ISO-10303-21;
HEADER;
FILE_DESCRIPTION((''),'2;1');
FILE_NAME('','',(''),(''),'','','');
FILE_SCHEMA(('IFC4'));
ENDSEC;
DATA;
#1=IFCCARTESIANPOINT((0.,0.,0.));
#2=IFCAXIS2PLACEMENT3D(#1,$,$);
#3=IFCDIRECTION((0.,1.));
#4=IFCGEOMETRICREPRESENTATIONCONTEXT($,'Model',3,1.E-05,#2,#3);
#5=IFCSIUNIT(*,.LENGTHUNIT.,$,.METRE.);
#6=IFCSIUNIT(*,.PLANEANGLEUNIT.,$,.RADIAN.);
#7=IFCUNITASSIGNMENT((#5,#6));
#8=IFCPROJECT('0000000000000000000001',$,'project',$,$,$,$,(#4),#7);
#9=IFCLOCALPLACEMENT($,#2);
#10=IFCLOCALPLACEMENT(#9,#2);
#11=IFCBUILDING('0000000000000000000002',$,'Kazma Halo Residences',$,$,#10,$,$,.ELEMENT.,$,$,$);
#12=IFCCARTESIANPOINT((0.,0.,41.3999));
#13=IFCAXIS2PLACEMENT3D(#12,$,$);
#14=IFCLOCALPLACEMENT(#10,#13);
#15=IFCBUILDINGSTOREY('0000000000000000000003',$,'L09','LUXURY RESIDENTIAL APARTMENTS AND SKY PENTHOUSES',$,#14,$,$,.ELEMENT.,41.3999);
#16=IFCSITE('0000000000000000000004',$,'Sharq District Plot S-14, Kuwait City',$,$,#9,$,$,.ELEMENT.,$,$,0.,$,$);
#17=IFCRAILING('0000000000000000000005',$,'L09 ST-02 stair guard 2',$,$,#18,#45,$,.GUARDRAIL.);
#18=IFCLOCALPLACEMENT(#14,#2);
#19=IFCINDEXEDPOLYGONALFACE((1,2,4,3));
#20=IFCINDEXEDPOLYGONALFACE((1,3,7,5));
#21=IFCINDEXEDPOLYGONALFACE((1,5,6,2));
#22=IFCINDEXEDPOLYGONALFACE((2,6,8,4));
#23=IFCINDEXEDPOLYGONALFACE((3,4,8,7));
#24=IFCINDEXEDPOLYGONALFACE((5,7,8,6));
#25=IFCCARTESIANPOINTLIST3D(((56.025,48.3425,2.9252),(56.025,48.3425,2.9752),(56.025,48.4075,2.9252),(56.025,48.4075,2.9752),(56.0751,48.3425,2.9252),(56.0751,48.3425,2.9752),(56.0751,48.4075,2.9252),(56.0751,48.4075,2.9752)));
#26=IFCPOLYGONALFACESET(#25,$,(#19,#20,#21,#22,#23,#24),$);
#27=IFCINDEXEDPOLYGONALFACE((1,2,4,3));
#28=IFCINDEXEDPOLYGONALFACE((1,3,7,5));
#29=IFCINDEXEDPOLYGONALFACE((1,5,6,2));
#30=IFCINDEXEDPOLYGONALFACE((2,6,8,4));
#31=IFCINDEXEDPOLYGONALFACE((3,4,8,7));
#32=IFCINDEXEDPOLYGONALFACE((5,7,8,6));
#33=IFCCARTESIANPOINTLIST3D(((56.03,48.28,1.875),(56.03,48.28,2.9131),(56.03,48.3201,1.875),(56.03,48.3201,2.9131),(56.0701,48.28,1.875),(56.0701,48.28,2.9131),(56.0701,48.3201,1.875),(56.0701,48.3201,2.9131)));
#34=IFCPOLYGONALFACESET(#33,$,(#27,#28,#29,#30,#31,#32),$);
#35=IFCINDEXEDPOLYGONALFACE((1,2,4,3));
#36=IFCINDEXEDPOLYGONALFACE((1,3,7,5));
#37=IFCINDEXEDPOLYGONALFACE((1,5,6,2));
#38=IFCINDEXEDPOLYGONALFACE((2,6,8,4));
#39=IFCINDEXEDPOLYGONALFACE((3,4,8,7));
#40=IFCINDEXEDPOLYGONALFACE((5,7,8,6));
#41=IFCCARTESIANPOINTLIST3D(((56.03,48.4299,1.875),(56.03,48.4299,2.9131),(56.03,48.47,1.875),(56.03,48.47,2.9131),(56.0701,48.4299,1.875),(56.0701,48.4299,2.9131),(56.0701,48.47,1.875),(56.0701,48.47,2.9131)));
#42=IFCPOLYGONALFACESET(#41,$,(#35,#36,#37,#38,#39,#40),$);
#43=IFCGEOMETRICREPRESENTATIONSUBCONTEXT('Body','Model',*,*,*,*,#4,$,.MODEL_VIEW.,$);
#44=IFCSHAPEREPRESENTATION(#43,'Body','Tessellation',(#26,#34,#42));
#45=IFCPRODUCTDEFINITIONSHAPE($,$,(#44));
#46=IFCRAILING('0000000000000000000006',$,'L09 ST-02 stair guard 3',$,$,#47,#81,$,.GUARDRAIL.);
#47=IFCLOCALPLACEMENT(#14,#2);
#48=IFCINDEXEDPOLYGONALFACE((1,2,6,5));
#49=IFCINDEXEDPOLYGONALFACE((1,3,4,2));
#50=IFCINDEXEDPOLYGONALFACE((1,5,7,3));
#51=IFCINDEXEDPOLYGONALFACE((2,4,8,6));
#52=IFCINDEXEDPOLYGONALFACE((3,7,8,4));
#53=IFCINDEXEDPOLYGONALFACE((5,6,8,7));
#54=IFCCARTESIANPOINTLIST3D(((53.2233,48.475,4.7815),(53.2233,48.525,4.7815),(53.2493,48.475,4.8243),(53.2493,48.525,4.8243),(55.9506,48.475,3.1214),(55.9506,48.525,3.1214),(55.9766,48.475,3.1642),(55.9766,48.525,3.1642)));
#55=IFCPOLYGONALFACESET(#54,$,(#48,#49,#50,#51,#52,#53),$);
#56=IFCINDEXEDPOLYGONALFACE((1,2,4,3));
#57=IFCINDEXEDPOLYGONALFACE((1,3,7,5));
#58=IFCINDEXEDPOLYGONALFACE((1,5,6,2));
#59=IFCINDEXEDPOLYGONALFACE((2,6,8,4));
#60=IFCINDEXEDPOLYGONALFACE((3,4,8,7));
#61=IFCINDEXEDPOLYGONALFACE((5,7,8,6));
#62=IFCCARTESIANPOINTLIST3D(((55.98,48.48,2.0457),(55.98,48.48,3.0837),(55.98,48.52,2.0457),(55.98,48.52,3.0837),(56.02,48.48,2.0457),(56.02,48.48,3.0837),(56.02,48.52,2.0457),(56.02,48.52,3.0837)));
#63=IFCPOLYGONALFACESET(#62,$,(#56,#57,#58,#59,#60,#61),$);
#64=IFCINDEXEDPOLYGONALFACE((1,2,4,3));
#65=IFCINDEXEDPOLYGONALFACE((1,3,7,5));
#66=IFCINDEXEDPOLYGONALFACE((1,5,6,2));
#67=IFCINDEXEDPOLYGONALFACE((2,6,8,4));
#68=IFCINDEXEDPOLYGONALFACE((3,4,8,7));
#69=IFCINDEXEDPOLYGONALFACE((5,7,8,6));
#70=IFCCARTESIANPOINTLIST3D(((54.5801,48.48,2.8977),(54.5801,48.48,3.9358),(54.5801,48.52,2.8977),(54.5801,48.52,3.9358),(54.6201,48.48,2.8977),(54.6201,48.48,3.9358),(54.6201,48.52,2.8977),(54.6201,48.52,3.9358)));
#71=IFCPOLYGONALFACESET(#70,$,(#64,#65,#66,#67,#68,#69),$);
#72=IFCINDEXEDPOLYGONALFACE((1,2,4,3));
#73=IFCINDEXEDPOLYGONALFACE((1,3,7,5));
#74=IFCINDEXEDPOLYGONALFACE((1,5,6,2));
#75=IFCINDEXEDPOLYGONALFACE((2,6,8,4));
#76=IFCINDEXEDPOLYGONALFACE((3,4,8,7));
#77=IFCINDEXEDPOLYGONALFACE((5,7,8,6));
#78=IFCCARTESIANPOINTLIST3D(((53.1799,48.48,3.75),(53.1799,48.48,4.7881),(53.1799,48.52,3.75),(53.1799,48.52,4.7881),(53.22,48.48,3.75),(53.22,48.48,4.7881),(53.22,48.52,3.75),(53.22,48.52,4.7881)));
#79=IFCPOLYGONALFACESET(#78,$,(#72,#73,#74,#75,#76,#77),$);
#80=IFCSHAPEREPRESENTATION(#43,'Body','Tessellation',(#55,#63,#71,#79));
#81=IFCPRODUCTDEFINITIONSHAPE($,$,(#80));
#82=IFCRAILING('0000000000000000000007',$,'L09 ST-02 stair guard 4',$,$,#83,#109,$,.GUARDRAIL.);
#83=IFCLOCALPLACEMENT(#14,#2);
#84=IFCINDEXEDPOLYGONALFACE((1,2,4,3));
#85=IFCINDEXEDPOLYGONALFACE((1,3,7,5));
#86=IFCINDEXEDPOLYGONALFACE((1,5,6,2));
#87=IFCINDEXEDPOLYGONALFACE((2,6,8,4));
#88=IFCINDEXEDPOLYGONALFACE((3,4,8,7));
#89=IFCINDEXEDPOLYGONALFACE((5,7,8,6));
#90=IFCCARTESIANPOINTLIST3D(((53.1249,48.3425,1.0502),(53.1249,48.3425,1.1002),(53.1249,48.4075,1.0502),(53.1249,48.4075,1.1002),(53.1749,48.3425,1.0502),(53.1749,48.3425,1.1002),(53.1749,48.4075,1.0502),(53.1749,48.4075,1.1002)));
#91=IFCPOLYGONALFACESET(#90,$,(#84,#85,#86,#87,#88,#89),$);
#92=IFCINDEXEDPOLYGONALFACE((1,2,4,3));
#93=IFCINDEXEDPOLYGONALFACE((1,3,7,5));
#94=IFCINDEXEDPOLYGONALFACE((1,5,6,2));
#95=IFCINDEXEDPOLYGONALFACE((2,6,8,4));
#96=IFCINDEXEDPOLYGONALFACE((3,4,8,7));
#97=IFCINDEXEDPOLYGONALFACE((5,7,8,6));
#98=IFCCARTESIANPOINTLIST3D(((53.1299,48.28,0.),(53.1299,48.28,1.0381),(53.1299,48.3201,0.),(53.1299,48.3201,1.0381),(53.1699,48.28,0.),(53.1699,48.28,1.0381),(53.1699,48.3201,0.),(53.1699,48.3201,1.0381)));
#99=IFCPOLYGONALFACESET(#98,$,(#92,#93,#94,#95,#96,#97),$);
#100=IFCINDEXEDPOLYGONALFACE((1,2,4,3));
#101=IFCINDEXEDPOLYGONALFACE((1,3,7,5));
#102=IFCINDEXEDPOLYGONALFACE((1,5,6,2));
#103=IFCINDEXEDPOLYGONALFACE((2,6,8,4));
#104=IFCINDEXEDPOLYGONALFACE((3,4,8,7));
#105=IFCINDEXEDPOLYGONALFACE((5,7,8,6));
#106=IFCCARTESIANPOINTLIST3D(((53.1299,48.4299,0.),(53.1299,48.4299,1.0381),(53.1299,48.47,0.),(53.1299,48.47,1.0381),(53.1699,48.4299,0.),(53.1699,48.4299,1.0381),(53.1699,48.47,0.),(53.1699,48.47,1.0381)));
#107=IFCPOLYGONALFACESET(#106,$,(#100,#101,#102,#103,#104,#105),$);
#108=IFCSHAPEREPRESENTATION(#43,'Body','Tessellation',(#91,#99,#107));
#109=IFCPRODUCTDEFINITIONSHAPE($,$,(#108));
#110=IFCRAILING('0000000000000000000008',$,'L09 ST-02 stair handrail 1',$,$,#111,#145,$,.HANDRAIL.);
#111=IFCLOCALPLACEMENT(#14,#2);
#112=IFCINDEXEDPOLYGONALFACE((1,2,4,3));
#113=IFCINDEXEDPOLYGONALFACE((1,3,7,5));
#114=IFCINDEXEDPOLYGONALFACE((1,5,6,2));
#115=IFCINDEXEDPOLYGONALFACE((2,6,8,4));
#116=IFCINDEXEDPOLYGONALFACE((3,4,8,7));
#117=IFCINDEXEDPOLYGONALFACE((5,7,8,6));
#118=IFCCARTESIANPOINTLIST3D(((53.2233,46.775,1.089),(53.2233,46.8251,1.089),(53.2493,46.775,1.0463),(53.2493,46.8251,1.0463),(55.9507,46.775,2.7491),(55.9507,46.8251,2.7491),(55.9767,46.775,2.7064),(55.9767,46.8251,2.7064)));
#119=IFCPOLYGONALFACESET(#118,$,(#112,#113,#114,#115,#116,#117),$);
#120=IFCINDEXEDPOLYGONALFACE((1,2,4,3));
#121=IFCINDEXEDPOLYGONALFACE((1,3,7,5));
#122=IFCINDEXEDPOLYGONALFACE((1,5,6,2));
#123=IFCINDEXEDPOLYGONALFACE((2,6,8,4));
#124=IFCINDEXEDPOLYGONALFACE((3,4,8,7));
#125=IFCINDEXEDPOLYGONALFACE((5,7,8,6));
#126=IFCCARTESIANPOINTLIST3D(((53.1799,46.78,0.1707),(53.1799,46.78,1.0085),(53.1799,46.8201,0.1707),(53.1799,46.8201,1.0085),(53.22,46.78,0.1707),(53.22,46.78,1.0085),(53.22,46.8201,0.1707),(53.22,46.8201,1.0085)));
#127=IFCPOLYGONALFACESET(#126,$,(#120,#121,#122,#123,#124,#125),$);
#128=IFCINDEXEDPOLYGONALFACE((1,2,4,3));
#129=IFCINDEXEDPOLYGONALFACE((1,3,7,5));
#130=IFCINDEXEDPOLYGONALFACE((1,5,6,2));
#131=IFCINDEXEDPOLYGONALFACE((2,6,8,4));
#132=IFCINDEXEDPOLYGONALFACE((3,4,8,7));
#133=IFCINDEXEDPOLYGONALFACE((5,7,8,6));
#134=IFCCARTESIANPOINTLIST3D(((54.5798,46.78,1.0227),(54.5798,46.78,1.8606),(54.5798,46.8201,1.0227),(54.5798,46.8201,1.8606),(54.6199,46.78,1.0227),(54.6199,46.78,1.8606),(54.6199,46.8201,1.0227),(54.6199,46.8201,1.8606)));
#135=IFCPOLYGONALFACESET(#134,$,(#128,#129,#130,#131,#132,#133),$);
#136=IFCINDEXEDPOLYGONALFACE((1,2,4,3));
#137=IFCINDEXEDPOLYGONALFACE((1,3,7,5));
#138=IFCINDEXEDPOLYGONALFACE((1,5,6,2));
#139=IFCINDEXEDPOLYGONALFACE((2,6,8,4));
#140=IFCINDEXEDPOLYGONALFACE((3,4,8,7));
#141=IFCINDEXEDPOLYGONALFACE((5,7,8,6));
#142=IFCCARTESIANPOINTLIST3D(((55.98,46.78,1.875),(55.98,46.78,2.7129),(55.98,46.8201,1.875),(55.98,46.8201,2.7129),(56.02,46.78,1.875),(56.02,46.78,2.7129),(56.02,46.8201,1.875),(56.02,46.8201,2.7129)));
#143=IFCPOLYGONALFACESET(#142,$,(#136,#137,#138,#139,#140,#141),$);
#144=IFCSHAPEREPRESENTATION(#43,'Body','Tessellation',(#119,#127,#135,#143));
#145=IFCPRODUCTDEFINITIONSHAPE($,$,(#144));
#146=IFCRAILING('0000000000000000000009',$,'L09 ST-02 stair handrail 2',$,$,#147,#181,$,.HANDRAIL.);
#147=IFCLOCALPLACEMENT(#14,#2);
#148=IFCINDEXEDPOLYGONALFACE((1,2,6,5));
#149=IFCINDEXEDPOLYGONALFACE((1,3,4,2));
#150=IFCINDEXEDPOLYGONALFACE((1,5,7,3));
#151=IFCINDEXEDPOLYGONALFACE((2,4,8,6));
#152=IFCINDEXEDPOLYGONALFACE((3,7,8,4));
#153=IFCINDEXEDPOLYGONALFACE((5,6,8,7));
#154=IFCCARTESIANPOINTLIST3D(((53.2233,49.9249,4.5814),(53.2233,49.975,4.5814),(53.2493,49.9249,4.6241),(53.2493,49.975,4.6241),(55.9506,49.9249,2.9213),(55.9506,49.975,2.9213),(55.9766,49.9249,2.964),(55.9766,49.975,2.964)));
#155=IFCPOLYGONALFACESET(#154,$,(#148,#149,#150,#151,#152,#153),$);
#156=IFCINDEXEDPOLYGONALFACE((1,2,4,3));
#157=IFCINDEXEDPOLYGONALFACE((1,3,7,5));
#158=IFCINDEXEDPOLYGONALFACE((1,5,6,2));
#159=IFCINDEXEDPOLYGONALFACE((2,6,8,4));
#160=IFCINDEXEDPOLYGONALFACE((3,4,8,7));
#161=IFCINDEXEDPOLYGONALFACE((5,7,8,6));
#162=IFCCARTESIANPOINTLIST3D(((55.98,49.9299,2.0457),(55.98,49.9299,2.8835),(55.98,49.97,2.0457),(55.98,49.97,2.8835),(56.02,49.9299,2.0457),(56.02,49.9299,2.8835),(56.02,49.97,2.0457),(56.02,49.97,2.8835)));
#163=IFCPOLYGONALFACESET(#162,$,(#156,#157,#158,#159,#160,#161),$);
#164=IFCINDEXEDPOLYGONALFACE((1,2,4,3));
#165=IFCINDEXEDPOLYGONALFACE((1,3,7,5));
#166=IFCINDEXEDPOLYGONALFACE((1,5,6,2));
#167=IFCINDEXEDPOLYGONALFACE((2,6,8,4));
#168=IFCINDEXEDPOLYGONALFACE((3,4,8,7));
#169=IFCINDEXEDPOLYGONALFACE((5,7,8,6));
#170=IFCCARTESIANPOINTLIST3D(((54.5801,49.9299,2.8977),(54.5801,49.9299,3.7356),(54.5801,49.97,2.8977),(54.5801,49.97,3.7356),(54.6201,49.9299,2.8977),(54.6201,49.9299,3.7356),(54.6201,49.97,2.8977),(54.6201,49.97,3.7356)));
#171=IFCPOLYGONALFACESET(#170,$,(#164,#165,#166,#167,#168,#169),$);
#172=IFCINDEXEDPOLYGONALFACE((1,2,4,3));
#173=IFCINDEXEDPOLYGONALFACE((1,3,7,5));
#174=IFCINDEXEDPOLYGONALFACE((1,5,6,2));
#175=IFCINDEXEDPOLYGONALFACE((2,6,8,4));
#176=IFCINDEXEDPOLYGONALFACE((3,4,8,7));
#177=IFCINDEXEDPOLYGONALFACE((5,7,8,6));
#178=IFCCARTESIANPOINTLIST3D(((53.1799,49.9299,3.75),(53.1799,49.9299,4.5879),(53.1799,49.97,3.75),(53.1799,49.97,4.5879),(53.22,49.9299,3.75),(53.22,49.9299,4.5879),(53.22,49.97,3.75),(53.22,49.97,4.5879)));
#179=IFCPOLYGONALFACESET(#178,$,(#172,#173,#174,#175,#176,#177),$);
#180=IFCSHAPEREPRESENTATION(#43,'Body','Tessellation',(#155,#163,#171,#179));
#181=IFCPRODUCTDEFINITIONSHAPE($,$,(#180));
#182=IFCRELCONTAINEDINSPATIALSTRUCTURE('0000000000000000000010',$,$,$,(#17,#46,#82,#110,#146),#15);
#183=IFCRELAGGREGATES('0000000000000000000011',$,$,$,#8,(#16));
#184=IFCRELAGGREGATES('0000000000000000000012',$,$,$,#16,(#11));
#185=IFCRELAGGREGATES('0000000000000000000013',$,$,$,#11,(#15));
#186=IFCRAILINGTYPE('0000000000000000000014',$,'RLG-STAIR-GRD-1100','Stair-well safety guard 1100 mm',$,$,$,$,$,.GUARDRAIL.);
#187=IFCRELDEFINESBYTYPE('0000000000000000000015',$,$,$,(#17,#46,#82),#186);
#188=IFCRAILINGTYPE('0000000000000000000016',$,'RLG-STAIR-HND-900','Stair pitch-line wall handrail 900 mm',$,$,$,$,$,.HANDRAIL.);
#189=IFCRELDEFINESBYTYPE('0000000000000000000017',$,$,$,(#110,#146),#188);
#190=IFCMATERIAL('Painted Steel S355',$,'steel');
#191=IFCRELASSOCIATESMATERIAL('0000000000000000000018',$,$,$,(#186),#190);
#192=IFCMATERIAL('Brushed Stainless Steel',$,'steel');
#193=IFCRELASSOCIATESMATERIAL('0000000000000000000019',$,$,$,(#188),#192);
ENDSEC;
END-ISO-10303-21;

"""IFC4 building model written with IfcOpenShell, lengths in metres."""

from ifc_helpers import new_model, si_unit, direction, frame, origin, origin_2d, place, context, subcontext, project, spatial, rectangle, extrude, material, type_object, element, save


model = new_model("IFC4")

# Units and contexts
model_context = context("Model", 3, precision=1e-05, world=origin(), true_north=direction((0.0, 1.0)))
body_context = subcontext(model_context, "Body", "Model", "MODEL_VIEW")
ifc_project = project(units=[si_unit("LENGTHUNIT", "METRE"), si_unit("PLANEANGLEUNIT", "RADIAN")], contexts=[model_context])

# Site, building, storey
site_placement = place(None, origin())
site = spatial("IfcSite", under=ifc_project, at=site_placement, Name="Sharq District Plot S-14, Kuwait City", CompositionType="ELEMENT", RefElevation=0.0)
building_placement = place(site_placement, origin())
building = spatial("IfcBuilding", under=site, at=building_placement, Name="Kazma Halo Residences", CompositionType="ELEMENT")
storey_placement = place(building_placement, frame((0.0, 0.0, 41.3999)))
storey = spatial("IfcBuildingStorey", under=building, at=storey_placement, Name="L09", Description="LUXURY RESIDENTIAL APARTMENTS AND SKY PENTHOUSES", CompositionType="ELEMENT", Elevation=41.3999)

# Railings
ifc_material_1 = material(Name="Painted Steel S355", Category="steel")
railing_type_1 = type_object("IfcRailingType", Name="RLG-STAIR-GRD-1100", Description="Stair-well safety guard 1100 mm", PredefinedType="GUARDRAIL", material=ifc_material_1)
railing_1_placement = place(storey_placement, frame((56.05, 48.3, 1.875)))
element("IfcRailing", 1, at=railing_1_placement, inside=storey, type_object=railing_type_1, Name="L09 ST-02 stair guard 2", PredefinedType="GUARDRAIL", context=body_context, shape_type="SweptSolid", body=[
    extrude(rectangle(XDim=0.05, YDim=0.05, at=origin_2d()), frame((0.0, 0.0425, 1.0752), z_axis=(0.0, 1.0, 0.0), x_axis=(-1.0, 0.0, 0.0)), (0.0, 0.0, 1.0), 0.0649),
    extrude(rectangle(XDim=0.04, YDim=0.04, at=origin_2d()), origin(), (0.0, 0.0, 1.0), 1.0381),
    extrude(rectangle(XDim=0.04, YDim=0.04, at=origin_2d()), frame((0.0, 0.1499, 0.0)), (0.0, 0.0, 1.0), 1.0381),
])
railing_2_placement = place(storey_placement, frame((56.0, 48.5, 2.0457)))
element("IfcRailing", 2, at=railing_2_placement, inside=storey, type_object=railing_type_1, Name="L09 ST-02 stair guard 3", PredefinedType="GUARDRAIL", context=body_context, shape_type="SweptSolid", body=[
    extrude(rectangle(XDim=0.05, YDim=0.05, at=origin_2d()), frame((-0.0364, 0.0, 1.0972), z_axis=(-0.854203, 0.0, 0.51994), x_axis=(0.0, -1.0, 0.0)), (0.0, 0.0, 1.0), 3.1929),
    extrude(rectangle(XDim=0.04, YDim=0.04, at=origin_2d()), origin(), (0.0, 0.0, 1.0), 1.0381),
    extrude(rectangle(XDim=0.04, YDim=0.04, at=origin_2d()), frame((-1.3999, 0.0, 0.8521)), (0.0, 0.0, 1.0), 1.0381),
    extrude(rectangle(XDim=0.04, YDim=0.04, at=origin_2d()), frame((-2.8, 0.0, 1.7043)), (0.0, 0.0, 1.0), 1.0381),
])
railing_3_placement = place(storey_placement, frame((53.1499, 48.3, 0.0)))
element("IfcRailing", 3, at=railing_3_placement, inside=storey, type_object=railing_type_1, Name="L09 ST-02 stair guard 4", PredefinedType="GUARDRAIL", context=body_context, shape_type="SweptSolid", body=[
    extrude(rectangle(XDim=0.05, YDim=0.05, at=origin_2d()), frame((0.0, 0.0425, 1.0752), z_axis=(0.0, 1.0, 0.0), x_axis=(-1.0, 0.0, 0.0)), (0.0, 0.0, 1.0), 0.0649),
    extrude(rectangle(XDim=0.04, YDim=0.04, at=origin_2d()), origin(), (0.0, 0.0, 1.0), 1.0381),
    extrude(rectangle(XDim=0.04, YDim=0.04, at=origin_2d()), frame((0.0, 0.1499, 0.0)), (0.0, 0.0, 1.0), 1.0381),
])
ifc_material_2 = material(Name="Brushed Stainless Steel", Category="steel")
railing_type_2 = type_object("IfcRailingType", Name="RLG-STAIR-HND-900", Description="Stair pitch-line wall handrail 900 mm", PredefinedType="HANDRAIL", material=ifc_material_2)
railing_4_placement = place(storey_placement, frame((53.2, 46.8, 0.1707)))
element("IfcRailing", 4, at=railing_4_placement, inside=storey, type_object=railing_type_2, Name="L09 ST-02 stair handrail 1", PredefinedType="HANDRAIL", context=body_context, shape_type="SweptSolid", body=[
    extrude(rectangle(XDim=0.05, YDim=0.05, at=origin_2d()), frame((0.0364, 0.0, 0.897), z_axis=(0.854203, 0.0, 0.51994), x_axis=(0.0, 1.0, 0.0)), (0.0, 0.0, 1.0), 3.1929),
    extrude(rectangle(XDim=0.04, YDim=0.04, at=origin_2d()), origin(), (0.0, 0.0, 1.0), 0.8379),
    extrude(rectangle(XDim=0.04, YDim=0.04, at=origin_2d()), frame((1.3999, 0.0, 0.8521)), (0.0, 0.0, 1.0), 0.8379),
    extrude(rectangle(XDim=0.04, YDim=0.04, at=origin_2d()), frame((2.8, 0.0, 1.7043)), (0.0, 0.0, 1.0), 0.8379),
])
railing_5_placement = place(storey_placement, frame((56.0, 49.95, 2.0457)))
element("IfcRailing", 5, at=railing_5_placement, inside=storey, type_object=railing_type_2, Name="L09 ST-02 stair handrail 2", PredefinedType="HANDRAIL", context=body_context, shape_type="SweptSolid", body=[
    extrude(rectangle(XDim=0.05, YDim=0.05, at=origin_2d()), frame((-0.0364, 0.0, 0.897), z_axis=(-0.854203, 0.0, 0.51994), x_axis=(0.0, -1.0, 0.0)), (0.0, 0.0, 1.0), 3.1929),
    extrude(rectangle(XDim=0.04, YDim=0.04, at=origin_2d()), origin(), (0.0, 0.0, 1.0), 0.8379),
    extrude(rectangle(XDim=0.04, YDim=0.04, at=origin_2d()), frame((-1.3999, 0.0, 0.8521)), (0.0, 0.0, 1.0), 0.8379),
    extrude(rectangle(XDim=0.04, YDim=0.04, at=origin_2d()), frame((-2.8, 0.0, 1.7043)), (0.0, 0.0, 1.0), 0.8379),
])

save(model, "model.ifc")
